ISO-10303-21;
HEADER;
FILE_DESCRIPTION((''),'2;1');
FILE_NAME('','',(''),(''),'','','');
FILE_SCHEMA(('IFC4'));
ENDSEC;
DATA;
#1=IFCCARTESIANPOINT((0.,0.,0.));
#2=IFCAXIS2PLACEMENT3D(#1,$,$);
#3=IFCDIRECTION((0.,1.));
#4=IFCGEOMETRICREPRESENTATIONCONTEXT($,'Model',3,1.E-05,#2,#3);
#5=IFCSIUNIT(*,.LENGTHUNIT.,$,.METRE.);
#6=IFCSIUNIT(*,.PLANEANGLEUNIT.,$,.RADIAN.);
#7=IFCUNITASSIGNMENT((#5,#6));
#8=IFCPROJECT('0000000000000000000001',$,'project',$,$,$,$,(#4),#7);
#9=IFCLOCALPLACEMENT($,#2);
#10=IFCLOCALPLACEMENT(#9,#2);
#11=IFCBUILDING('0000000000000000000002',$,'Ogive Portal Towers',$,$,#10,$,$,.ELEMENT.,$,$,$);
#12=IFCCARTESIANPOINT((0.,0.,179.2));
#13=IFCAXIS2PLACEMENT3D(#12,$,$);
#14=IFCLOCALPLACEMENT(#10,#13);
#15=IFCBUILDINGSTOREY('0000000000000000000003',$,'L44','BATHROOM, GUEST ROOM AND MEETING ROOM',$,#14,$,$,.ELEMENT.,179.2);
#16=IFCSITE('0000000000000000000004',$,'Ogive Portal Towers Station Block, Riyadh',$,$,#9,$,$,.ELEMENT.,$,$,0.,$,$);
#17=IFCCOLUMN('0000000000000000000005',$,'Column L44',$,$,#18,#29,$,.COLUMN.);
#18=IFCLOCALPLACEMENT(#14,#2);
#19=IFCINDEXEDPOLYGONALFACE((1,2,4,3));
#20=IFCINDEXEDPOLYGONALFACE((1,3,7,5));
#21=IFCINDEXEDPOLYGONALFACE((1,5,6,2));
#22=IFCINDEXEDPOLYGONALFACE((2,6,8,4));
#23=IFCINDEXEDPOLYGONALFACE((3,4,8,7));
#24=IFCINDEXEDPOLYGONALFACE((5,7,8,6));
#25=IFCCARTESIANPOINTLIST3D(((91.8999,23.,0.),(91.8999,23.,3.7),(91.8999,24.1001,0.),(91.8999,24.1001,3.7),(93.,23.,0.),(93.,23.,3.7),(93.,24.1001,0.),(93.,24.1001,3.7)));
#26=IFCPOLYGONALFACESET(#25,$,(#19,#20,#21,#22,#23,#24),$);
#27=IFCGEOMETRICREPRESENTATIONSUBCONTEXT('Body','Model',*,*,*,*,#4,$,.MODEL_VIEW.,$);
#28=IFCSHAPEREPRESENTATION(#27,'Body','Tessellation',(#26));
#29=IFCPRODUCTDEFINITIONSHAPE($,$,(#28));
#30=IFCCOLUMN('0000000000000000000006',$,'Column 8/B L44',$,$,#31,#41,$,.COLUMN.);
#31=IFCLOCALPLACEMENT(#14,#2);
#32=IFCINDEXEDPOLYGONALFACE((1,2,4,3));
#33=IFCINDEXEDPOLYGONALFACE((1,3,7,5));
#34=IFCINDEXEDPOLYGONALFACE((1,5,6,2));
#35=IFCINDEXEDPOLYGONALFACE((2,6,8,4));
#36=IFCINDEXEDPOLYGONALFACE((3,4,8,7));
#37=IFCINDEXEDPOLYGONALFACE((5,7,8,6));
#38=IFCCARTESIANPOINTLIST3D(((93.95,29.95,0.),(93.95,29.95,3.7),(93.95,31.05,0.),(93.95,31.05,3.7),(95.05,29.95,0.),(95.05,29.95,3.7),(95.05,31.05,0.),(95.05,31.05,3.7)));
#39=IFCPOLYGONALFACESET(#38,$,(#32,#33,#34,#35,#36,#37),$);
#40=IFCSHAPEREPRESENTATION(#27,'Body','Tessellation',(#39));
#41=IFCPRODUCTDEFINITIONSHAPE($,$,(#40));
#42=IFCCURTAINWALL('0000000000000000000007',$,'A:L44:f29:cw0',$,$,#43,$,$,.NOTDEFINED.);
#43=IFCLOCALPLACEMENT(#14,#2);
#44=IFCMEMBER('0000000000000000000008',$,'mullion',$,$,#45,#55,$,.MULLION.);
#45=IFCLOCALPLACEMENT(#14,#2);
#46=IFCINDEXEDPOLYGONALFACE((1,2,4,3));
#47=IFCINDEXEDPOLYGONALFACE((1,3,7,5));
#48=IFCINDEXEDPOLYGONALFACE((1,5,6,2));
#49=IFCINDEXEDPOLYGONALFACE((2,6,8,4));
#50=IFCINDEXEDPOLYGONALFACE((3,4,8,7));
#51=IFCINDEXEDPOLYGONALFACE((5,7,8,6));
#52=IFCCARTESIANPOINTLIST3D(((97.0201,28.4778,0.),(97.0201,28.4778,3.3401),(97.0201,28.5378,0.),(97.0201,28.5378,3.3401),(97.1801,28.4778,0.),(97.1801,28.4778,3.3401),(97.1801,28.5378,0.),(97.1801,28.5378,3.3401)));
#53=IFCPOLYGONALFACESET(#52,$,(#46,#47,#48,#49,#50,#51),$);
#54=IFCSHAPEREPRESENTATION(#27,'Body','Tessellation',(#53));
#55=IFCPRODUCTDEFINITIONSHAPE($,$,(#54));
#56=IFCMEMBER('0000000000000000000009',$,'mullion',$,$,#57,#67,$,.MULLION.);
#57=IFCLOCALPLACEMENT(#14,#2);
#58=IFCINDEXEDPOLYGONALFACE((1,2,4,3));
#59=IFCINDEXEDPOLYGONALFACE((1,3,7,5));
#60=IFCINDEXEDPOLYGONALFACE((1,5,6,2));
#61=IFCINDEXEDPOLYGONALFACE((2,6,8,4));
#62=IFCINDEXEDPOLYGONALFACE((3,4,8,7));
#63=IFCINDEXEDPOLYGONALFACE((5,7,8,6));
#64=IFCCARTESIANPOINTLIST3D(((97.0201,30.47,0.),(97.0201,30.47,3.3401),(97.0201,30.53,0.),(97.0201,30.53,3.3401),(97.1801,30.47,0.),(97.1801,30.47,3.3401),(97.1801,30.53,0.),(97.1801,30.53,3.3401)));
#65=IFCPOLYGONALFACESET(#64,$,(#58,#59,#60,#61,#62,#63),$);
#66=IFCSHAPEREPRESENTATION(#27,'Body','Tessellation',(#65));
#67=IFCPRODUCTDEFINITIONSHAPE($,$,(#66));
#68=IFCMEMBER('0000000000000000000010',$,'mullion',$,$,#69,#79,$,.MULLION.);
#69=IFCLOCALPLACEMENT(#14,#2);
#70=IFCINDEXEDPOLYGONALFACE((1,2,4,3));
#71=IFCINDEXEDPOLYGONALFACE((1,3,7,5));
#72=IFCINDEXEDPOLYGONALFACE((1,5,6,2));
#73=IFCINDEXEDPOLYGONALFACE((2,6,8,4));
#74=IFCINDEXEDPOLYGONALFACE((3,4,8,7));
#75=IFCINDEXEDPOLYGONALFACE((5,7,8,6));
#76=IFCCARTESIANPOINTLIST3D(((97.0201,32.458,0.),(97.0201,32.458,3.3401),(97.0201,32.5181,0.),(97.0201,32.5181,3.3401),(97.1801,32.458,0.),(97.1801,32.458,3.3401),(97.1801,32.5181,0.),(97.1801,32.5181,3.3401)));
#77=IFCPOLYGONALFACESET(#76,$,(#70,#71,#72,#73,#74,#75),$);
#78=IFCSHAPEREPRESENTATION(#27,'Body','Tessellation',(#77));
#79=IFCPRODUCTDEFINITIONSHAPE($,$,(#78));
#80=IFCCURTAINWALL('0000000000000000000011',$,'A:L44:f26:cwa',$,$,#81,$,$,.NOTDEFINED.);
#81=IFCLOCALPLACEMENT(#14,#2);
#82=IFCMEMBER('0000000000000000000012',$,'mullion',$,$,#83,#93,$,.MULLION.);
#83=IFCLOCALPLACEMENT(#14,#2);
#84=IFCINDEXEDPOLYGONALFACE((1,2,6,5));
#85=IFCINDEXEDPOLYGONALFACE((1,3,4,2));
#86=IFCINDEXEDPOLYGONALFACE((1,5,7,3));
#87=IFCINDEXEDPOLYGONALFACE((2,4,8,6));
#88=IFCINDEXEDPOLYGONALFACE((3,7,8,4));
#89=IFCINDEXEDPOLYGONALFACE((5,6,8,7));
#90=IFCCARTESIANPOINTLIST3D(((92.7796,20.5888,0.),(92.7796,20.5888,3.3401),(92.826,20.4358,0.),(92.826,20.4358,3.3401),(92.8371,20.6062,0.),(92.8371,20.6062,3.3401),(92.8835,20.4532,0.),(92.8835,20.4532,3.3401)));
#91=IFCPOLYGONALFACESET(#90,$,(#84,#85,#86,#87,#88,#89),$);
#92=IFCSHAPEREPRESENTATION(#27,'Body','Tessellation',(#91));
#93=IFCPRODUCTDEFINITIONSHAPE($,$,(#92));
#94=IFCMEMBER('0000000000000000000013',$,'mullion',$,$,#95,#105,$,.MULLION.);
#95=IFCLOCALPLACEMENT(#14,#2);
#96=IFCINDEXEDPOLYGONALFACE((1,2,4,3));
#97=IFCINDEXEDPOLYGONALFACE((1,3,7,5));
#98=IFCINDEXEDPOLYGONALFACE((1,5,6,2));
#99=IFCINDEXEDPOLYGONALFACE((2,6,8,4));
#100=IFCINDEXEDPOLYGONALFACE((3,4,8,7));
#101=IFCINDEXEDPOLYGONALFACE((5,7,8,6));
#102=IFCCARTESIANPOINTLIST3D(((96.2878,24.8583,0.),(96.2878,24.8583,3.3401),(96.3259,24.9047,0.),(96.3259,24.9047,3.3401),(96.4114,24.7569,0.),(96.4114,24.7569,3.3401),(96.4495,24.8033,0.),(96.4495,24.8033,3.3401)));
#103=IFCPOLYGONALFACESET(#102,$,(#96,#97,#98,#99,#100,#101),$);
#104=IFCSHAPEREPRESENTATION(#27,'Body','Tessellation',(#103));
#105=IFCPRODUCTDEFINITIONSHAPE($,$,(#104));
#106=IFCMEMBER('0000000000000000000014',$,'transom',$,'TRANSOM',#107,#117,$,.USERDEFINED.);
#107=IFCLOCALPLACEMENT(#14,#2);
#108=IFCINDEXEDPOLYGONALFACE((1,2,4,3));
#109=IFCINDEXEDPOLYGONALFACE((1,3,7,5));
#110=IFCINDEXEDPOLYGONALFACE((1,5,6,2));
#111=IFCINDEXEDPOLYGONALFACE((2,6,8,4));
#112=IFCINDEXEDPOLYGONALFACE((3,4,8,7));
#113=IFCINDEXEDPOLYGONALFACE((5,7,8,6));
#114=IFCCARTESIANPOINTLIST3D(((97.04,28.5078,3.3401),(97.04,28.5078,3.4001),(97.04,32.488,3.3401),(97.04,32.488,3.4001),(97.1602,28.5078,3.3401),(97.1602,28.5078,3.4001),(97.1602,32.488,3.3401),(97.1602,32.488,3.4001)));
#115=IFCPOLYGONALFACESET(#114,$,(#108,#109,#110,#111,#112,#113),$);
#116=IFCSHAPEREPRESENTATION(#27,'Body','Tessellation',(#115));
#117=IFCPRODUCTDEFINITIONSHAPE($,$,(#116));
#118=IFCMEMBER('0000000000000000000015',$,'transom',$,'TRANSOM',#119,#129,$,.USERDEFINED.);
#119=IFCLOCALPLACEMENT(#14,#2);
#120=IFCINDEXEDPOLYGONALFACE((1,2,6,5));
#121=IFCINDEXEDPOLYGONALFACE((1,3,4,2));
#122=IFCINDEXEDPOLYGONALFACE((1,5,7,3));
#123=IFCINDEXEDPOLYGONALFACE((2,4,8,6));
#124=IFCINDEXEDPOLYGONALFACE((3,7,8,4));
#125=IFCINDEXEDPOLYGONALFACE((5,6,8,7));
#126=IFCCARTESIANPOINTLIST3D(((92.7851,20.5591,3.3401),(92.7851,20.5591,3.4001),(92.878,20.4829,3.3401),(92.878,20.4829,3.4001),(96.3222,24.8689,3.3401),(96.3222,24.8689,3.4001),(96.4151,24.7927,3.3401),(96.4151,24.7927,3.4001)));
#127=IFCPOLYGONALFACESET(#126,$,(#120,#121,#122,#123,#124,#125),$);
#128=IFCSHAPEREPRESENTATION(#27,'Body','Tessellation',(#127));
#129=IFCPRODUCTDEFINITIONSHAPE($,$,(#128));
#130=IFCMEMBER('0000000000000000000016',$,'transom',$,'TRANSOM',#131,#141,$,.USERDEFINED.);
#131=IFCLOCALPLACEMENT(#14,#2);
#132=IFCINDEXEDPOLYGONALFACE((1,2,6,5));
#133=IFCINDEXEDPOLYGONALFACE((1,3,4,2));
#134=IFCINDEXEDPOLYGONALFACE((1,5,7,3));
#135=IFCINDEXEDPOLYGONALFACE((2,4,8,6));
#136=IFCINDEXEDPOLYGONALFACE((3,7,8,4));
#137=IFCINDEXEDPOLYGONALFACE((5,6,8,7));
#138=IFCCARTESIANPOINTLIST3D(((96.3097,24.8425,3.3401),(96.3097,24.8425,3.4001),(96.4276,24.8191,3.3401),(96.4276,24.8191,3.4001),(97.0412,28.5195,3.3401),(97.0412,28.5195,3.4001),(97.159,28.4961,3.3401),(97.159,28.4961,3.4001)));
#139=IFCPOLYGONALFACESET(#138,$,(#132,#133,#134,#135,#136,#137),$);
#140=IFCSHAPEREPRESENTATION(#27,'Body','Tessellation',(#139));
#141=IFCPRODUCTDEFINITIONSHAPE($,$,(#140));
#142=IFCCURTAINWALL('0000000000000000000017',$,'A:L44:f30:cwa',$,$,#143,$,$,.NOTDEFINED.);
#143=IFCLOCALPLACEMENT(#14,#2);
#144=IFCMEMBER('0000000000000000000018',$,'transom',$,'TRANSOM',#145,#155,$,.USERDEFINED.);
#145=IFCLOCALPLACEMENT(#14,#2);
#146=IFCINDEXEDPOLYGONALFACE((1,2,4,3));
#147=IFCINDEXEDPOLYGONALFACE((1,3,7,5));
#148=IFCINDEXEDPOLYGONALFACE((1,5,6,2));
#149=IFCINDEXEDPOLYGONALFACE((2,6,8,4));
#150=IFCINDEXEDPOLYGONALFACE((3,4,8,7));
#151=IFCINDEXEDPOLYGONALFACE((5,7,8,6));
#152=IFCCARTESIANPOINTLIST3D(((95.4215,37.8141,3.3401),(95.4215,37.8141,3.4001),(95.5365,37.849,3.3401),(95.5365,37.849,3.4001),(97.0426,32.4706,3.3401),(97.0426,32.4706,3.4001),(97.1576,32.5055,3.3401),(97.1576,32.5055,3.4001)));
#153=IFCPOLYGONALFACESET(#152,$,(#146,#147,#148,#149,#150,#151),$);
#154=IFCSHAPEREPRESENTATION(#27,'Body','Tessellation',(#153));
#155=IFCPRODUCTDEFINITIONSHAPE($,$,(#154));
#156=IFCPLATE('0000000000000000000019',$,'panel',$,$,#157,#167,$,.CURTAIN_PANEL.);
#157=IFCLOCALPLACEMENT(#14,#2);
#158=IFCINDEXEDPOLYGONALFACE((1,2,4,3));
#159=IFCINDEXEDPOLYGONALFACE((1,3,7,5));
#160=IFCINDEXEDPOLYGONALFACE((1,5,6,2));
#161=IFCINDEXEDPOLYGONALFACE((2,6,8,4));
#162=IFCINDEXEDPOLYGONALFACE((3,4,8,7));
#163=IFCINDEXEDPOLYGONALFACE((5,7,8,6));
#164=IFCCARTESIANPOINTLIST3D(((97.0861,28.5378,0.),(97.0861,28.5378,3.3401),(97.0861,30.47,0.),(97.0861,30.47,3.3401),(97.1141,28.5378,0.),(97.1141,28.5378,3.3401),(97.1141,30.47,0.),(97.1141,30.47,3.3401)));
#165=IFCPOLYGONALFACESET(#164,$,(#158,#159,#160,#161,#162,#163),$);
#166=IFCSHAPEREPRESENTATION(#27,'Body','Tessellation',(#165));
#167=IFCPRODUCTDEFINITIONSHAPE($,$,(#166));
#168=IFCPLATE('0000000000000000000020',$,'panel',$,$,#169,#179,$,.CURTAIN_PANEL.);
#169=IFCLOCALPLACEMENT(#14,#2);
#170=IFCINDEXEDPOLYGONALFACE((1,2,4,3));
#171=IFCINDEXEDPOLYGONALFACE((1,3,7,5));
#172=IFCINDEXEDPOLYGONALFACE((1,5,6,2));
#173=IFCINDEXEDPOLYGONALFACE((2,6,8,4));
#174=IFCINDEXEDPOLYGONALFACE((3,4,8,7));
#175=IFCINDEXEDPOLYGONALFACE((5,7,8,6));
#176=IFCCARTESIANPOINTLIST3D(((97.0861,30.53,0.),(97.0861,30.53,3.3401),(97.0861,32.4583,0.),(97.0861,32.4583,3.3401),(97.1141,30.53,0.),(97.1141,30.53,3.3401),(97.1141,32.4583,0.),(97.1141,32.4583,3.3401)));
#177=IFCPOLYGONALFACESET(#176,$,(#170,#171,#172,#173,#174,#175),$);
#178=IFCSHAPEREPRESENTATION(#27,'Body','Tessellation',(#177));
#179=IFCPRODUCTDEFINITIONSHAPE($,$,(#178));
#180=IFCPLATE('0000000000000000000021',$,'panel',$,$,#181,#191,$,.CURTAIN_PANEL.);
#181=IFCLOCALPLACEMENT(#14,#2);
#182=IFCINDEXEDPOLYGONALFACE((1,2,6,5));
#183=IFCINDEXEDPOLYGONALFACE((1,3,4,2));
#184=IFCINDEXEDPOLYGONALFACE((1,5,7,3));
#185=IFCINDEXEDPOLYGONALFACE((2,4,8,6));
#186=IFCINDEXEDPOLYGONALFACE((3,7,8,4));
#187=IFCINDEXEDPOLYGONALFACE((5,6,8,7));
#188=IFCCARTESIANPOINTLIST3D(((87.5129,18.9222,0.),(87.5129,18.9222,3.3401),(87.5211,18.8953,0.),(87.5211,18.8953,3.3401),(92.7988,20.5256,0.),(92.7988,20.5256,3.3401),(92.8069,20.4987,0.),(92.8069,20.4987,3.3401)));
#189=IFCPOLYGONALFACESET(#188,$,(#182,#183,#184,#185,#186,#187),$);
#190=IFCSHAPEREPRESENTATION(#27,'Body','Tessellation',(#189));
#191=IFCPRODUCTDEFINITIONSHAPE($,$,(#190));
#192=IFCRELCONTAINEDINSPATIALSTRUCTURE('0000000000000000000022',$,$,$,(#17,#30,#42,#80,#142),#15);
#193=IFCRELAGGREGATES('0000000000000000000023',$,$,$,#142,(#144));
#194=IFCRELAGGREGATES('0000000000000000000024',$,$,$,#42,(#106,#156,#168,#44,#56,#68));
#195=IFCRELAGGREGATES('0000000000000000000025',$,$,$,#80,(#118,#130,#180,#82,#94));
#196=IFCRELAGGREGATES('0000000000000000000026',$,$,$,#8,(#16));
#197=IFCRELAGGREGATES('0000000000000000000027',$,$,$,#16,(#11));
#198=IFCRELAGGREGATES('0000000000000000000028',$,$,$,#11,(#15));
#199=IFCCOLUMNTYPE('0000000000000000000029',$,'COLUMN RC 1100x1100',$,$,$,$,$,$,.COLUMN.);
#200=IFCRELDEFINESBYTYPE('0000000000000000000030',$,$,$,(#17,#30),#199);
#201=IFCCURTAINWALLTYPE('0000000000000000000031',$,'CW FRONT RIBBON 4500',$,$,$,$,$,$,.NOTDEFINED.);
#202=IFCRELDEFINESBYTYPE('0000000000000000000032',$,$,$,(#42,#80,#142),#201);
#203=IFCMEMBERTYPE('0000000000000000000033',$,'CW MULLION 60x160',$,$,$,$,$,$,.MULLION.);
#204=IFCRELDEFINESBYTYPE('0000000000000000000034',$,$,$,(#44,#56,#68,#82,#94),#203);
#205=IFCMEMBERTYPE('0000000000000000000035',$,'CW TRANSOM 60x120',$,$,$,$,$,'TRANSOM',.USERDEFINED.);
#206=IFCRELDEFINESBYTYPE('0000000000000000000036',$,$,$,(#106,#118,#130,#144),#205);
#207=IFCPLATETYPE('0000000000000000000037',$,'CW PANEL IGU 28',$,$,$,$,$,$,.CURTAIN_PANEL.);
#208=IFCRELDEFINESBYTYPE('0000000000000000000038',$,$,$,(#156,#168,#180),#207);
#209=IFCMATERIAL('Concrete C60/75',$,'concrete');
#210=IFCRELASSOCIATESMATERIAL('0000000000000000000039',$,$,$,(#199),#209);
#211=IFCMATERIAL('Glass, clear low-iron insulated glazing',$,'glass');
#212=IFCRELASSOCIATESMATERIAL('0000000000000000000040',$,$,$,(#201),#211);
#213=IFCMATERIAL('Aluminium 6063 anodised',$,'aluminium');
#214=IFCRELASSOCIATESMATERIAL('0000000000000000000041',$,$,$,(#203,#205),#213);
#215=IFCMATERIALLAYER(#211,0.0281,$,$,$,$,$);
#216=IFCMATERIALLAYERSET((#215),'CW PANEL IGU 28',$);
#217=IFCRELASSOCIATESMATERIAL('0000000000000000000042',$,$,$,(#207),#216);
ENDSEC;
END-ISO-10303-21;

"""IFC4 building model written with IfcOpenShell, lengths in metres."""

from ifc_helpers import new_model, si_unit, direction, frame, origin, origin_2d, place, context, subcontext, project, spatial, rectangle, extrude, material, layer, layer_set, material_profile, profile_set, type_object, element, aggregate, save


model = new_model("IFC4")

# Units and contexts
model_context = context("Model", 3, precision=1e-05, world=origin(), true_north=direction((0.0, 1.0)))
body_context = subcontext(model_context, "Body", "Model", "MODEL_VIEW")
ifc_project = project(units=[si_unit("LENGTHUNIT", "METRE"), si_unit("PLANEANGLEUNIT", "RADIAN")], contexts=[model_context])

# Site, building, storey
site_placement = place(None, origin())
site = spatial("IfcSite", under=ifc_project, at=site_placement, Name="Ogive Portal Towers Station Block, Riyadh", CompositionType="ELEMENT", RefElevation=0.0)
building_placement = place(site_placement, origin())
building = spatial("IfcBuilding", under=site, at=building_placement, Name="Ogive Portal Towers", CompositionType="ELEMENT")
storey_placement = place(building_placement, frame((0.0, 0.0, 179.2)))
storey = spatial("IfcBuildingStorey", under=building, at=storey_placement, Name="L44", Description="BATHROOM, GUEST ROOM AND MEETING ROOM", CompositionType="ELEMENT", Elevation=179.2)

# Columns
ifc_material_1 = material(Name="Concrete C60/75", Category="concrete")
ifc_material_profile_1 = material_profile(ifc_material_1, rectangle(XDim=1.1001, YDim=1.1001, at=origin_2d()), Name="RC 1100x1100")
ifc_profile_set_1 = profile_set([ifc_material_profile_1], Name="Concrete C60/75")
column_type = type_object("IfcColumnType", Name="COLUMN RC 1100x1100", PredefinedType="COLUMN", material=ifc_profile_set_1)
for number, where, z_axis, x_axis, name in (
    (1, (92.45, 23.55, 0.0), (0.0, 0.0, 1.0), (1.0, 0.0, 0.0), "Column L44"),
    (2, (94.5, 30.5, 0.0), (0.0, 0.0, 1.0), (1.0, 0.0, 0.0), "Column 8/B L44"),
):
    element("IfcColumn", number, at=place(storey_placement, frame(where, z_axis=z_axis, x_axis=x_axis)), inside=storey, type_object=column_type, Name=name, PredefinedType="COLUMN", context=body_context, shape_type="SweptSolid", body=[
        extrude(rectangle(XDim=1.1001, YDim=1.1001, at=origin_2d()), origin(), (0.0, 0.0, 1.0), 3.7),
    ])

# Curtain walls, members
ifc_material_2 = material(Name="Glass, clear low-iron insulated glazing", Category="glass")
curtain_wall_type = type_object("IfcCurtainWallType", Name="CW FRONT RIBBON 4500", PredefinedType="NOTDEFINED", material=ifc_material_2)
curtain_wall_1_placement = place(storey_placement, origin())
curtain_wall_1 = element("IfcCurtainWall", 3, at=curtain_wall_1_placement, inside=storey, type_object=curtain_wall_type, Name="A:L44:f29:cw0", PredefinedType="NOTDEFINED")
ifc_material_3 = material(Name="Aluminium 6063 anodised", Category="aluminium")
ifc_material_profile_2 = material_profile(ifc_material_3, rectangle(XDim=0.1599, YDim=0.0601, at=origin_2d()), Name="AL 60x160")
ifc_profile_set_2 = profile_set([ifc_material_profile_2], Name="Aluminium 6063 anodised")
member_type_1 = type_object("IfcMemberType", Name="CW MULLION 60x160", PredefinedType="MULLION", material=ifc_profile_set_2)
member_1_placement = place(storey_placement, frame((97.1001, 28.5078, 0.0), z_axis=(0.0, 0.0, 1.0), x_axis=(-1.0, 0.0, 0.0)))
member_1 = element("IfcMember", 4, at=member_1_placement, type_object=member_type_1, Name="mullion", PredefinedType="MULLION", context=body_context, shape_type="SweptSolid", body=[
    extrude(rectangle(XDim=0.1599, YDim=0.0601, at=origin_2d()), origin(), (0.0, 0.0, 1.0), 3.3401),
])
member_2_placement = place(storey_placement, frame((97.1001, 30.5, 0.0), z_axis=(0.0, 0.0, 1.0), x_axis=(-1.0, 0.0, 0.0)))
member_2 = element("IfcMember", 5, at=member_2_placement, type_object=member_type_1, Name="mullion", PredefinedType="MULLION", context=body_context, shape_type="SweptSolid", body=[
    extrude(rectangle(XDim=0.1599, YDim=0.0601, at=origin_2d()), origin(), (0.0, 0.0, 1.0), 3.3401),
])
member_3_placement = place(storey_placement, frame((97.1001, 32.488, 0.0), z_axis=(0.0, 0.0, 1.0), x_axis=(-1.0, 0.0, 0.0)))
member_3 = element("IfcMember", 6, at=member_3_placement, type_object=member_type_1, Name="mullion", PredefinedType="MULLION", context=body_context, shape_type="SweptSolid", body=[
    extrude(rectangle(XDim=0.1599, YDim=0.0601, at=origin_2d()), origin(), (0.0, 0.0, 1.0), 3.3401),
])
curtain_wall_2_placement = place(storey_placement, origin())
curtain_wall_2 = element("IfcCurtainWall", 7, at=curtain_wall_2_placement, inside=storey, type_object=curtain_wall_type, Name="A:L44:f26:cwa", PredefinedType="NOTDEFINED")
member_4_placement = place(storey_placement, frame((92.8315, 20.521, 0.0), z_axis=(0.0, 0.0, 1.0), x_axis=(-0.290285, 0.95694, 0.0)))
member_4 = element("IfcMember", 8, at=member_4_placement, type_object=member_type_1, Name="mullion", PredefinedType="MULLION", context=body_context, shape_type="SweptSolid", body=[
    extrude(rectangle(XDim=0.1599, YDim=0.0601, at=origin_2d()), origin(), (0.0, 0.0, 1.0), 3.3401),
])
member_5_placement = place(storey_placement, frame((96.3687, 24.8308, 0.0), z_axis=(0.0, 0.0, 1.0), x_axis=(-0.77301, 0.634393, 0.0)))
member_5 = element("IfcMember", 9, at=member_5_placement, type_object=member_type_1, Name="mullion", PredefinedType="MULLION", context=body_context, shape_type="SweptSolid", body=[
    extrude(rectangle(XDim=0.1599, YDim=0.0601, at=origin_2d()), origin(), (0.0, 0.0, 1.0), 3.3401),
])

# Members
ifc_material_profile_3 = material_profile(ifc_material_3, rectangle(XDim=0.1201, YDim=0.0601, at=origin_2d()), Name="AL 120x60")
ifc_profile_set_3 = profile_set([ifc_material_profile_3], Name="Aluminium 6063 anodised")
member_type_2 = type_object("IfcMemberType", Name="CW TRANSOM 60x120", ElementType="TRANSOM", PredefinedType="USERDEFINED", material=ifc_profile_set_3)
member_6_placement = place(storey_placement, frame((97.1001, 28.5078, 3.3701), z_axis=(0.0, 1.0, 0.0), x_axis=(-1.0, 0.0, 0.0)))
member_6 = element("IfcMember", 10, at=member_6_placement, type_object=member_type_2, Name="transom", ObjectType="TRANSOM", PredefinedType="USERDEFINED", context=body_context, shape_type="SweptSolid", body=[
    extrude(rectangle(XDim=0.1201, YDim=0.0601, at=origin_2d()), origin(), (0.0, 0.0, 1.0), 3.9802),
])
member_7_placement = place(storey_placement, frame((92.8315, 20.521, 3.3701), z_axis=(0.634408, 0.772998, 0.0), x_axis=(-0.772998, 0.634408, 0.0)))
member_7 = element("IfcMember", 11, at=member_7_placement, type_object=member_type_2, Name="transom", ObjectType="TRANSOM", PredefinedType="USERDEFINED", context=body_context, shape_type="SweptSolid", body=[
    extrude(rectangle(XDim=0.1201, YDim=0.0601, at=origin_2d()), origin(), (0.0, 0.0, 1.0), 5.5754),
])
member_8_placement = place(storey_placement, frame((96.3687, 24.8308, 3.3701), z_axis=(0.195102, 0.980783, 0.0), x_axis=(-0.980783, 0.195102, 0.0)))
member_8 = element("IfcMember", 12, at=member_8_placement, type_object=member_type_2, Name="transom", ObjectType="TRANSOM", PredefinedType="USERDEFINED", context=body_context, shape_type="SweptSolid", body=[
    extrude(rectangle(XDim=0.1201, YDim=0.0601, at=origin_2d()), origin(), (0.0, 0.0, 1.0), 3.749),
])

# Curtain wall, member
curtain_wall_3_placement = place(storey_placement, origin())
curtain_wall_3 = element("IfcCurtainWall", 13, at=curtain_wall_3_placement, inside=storey, type_object=curtain_wall_type, Name="A:L44:f30:cwa", PredefinedType="NOTDEFINED")
member_9_placement = place(storey_placement, frame((97.1001, 32.488, 3.3701), z_axis=(-0.290311, 0.956932, 0.0), x_axis=(-0.956932, -0.290311, 0.0)))
member_9 = element("IfcMember", 14, at=member_9_placement, type_object=member_type_2, Name="transom", ObjectType="TRANSOM", PredefinedType="USERDEFINED", context=body_context, shape_type="SweptSolid", body=[
    extrude(rectangle(XDim=0.1201, YDim=0.0601, at=origin_2d()), origin(), (0.0, 0.0, 1.0), 5.584),
])
aggregate(curtain_wall_3, [member_9])

# Plates
ifc_layer_1 = layer(ifc_material_2, 0.0281)
ifc_layer_set_1 = layer_set([ifc_layer_1], Name="CW PANEL IGU 28")
plate_type = type_object("IfcPlateType", Name="CW PANEL IGU 28", PredefinedType="CURTAIN_PANEL", material=ifc_layer_set_1)
plate_1_placement = place(storey_placement, frame((97.1001, 29.5039, 0.0), z_axis=(0.0, 0.0, 1.0), x_axis=(0.0, 1.0, 0.0)))
plate_1 = element("IfcPlate", 15, at=plate_1_placement, type_object=plate_type, Name="panel", PredefinedType="CURTAIN_PANEL", context=body_context, shape_type="SweptSolid", body=[
    extrude(rectangle(XDim=1.9321, YDim=0.0281, at=origin_2d()), origin(), (0.0, 0.0, 1.0), 3.3401),
])
plate_2_placement = place(storey_placement, frame((97.1001, 31.4941, 0.0), z_axis=(0.0, 0.0, 1.0), x_axis=(0.0, 1.0, 0.0)))
plate_2 = element("IfcPlate", 16, at=plate_2_placement, type_object=plate_type, Name="panel", PredefinedType="CURTAIN_PANEL", context=body_context, shape_type="SweptSolid", body=[
    extrude(rectangle(XDim=1.9282, YDim=0.0281, at=origin_2d()), origin(), (0.0, 0.0, 1.0), 3.3401),
])
aggregate(curtain_wall_1, [member_6, plate_1, plate_2, member_1, member_2, member_3])
plate_3_placement = place(storey_placement, frame((90.1599, 19.7104, 0.0), z_axis=(0.0, 0.0, 1.0), x_axis=(0.95694, 0.290285, 0.0)))
plate_3 = element("IfcPlate", 17, at=plate_3_placement, type_object=plate_type, Name="panel", PredefinedType="CURTAIN_PANEL", context=body_context, shape_type="SweptSolid", body=[
    extrude(rectangle(XDim=5.5237, YDim=0.0281, at=origin_2d()), origin(), (0.0, 0.0, 1.0), 3.3401),
])
aggregate(curtain_wall_2, [member_7, member_8, plate_3, member_4, member_5])

save(model, "model.ifc")
